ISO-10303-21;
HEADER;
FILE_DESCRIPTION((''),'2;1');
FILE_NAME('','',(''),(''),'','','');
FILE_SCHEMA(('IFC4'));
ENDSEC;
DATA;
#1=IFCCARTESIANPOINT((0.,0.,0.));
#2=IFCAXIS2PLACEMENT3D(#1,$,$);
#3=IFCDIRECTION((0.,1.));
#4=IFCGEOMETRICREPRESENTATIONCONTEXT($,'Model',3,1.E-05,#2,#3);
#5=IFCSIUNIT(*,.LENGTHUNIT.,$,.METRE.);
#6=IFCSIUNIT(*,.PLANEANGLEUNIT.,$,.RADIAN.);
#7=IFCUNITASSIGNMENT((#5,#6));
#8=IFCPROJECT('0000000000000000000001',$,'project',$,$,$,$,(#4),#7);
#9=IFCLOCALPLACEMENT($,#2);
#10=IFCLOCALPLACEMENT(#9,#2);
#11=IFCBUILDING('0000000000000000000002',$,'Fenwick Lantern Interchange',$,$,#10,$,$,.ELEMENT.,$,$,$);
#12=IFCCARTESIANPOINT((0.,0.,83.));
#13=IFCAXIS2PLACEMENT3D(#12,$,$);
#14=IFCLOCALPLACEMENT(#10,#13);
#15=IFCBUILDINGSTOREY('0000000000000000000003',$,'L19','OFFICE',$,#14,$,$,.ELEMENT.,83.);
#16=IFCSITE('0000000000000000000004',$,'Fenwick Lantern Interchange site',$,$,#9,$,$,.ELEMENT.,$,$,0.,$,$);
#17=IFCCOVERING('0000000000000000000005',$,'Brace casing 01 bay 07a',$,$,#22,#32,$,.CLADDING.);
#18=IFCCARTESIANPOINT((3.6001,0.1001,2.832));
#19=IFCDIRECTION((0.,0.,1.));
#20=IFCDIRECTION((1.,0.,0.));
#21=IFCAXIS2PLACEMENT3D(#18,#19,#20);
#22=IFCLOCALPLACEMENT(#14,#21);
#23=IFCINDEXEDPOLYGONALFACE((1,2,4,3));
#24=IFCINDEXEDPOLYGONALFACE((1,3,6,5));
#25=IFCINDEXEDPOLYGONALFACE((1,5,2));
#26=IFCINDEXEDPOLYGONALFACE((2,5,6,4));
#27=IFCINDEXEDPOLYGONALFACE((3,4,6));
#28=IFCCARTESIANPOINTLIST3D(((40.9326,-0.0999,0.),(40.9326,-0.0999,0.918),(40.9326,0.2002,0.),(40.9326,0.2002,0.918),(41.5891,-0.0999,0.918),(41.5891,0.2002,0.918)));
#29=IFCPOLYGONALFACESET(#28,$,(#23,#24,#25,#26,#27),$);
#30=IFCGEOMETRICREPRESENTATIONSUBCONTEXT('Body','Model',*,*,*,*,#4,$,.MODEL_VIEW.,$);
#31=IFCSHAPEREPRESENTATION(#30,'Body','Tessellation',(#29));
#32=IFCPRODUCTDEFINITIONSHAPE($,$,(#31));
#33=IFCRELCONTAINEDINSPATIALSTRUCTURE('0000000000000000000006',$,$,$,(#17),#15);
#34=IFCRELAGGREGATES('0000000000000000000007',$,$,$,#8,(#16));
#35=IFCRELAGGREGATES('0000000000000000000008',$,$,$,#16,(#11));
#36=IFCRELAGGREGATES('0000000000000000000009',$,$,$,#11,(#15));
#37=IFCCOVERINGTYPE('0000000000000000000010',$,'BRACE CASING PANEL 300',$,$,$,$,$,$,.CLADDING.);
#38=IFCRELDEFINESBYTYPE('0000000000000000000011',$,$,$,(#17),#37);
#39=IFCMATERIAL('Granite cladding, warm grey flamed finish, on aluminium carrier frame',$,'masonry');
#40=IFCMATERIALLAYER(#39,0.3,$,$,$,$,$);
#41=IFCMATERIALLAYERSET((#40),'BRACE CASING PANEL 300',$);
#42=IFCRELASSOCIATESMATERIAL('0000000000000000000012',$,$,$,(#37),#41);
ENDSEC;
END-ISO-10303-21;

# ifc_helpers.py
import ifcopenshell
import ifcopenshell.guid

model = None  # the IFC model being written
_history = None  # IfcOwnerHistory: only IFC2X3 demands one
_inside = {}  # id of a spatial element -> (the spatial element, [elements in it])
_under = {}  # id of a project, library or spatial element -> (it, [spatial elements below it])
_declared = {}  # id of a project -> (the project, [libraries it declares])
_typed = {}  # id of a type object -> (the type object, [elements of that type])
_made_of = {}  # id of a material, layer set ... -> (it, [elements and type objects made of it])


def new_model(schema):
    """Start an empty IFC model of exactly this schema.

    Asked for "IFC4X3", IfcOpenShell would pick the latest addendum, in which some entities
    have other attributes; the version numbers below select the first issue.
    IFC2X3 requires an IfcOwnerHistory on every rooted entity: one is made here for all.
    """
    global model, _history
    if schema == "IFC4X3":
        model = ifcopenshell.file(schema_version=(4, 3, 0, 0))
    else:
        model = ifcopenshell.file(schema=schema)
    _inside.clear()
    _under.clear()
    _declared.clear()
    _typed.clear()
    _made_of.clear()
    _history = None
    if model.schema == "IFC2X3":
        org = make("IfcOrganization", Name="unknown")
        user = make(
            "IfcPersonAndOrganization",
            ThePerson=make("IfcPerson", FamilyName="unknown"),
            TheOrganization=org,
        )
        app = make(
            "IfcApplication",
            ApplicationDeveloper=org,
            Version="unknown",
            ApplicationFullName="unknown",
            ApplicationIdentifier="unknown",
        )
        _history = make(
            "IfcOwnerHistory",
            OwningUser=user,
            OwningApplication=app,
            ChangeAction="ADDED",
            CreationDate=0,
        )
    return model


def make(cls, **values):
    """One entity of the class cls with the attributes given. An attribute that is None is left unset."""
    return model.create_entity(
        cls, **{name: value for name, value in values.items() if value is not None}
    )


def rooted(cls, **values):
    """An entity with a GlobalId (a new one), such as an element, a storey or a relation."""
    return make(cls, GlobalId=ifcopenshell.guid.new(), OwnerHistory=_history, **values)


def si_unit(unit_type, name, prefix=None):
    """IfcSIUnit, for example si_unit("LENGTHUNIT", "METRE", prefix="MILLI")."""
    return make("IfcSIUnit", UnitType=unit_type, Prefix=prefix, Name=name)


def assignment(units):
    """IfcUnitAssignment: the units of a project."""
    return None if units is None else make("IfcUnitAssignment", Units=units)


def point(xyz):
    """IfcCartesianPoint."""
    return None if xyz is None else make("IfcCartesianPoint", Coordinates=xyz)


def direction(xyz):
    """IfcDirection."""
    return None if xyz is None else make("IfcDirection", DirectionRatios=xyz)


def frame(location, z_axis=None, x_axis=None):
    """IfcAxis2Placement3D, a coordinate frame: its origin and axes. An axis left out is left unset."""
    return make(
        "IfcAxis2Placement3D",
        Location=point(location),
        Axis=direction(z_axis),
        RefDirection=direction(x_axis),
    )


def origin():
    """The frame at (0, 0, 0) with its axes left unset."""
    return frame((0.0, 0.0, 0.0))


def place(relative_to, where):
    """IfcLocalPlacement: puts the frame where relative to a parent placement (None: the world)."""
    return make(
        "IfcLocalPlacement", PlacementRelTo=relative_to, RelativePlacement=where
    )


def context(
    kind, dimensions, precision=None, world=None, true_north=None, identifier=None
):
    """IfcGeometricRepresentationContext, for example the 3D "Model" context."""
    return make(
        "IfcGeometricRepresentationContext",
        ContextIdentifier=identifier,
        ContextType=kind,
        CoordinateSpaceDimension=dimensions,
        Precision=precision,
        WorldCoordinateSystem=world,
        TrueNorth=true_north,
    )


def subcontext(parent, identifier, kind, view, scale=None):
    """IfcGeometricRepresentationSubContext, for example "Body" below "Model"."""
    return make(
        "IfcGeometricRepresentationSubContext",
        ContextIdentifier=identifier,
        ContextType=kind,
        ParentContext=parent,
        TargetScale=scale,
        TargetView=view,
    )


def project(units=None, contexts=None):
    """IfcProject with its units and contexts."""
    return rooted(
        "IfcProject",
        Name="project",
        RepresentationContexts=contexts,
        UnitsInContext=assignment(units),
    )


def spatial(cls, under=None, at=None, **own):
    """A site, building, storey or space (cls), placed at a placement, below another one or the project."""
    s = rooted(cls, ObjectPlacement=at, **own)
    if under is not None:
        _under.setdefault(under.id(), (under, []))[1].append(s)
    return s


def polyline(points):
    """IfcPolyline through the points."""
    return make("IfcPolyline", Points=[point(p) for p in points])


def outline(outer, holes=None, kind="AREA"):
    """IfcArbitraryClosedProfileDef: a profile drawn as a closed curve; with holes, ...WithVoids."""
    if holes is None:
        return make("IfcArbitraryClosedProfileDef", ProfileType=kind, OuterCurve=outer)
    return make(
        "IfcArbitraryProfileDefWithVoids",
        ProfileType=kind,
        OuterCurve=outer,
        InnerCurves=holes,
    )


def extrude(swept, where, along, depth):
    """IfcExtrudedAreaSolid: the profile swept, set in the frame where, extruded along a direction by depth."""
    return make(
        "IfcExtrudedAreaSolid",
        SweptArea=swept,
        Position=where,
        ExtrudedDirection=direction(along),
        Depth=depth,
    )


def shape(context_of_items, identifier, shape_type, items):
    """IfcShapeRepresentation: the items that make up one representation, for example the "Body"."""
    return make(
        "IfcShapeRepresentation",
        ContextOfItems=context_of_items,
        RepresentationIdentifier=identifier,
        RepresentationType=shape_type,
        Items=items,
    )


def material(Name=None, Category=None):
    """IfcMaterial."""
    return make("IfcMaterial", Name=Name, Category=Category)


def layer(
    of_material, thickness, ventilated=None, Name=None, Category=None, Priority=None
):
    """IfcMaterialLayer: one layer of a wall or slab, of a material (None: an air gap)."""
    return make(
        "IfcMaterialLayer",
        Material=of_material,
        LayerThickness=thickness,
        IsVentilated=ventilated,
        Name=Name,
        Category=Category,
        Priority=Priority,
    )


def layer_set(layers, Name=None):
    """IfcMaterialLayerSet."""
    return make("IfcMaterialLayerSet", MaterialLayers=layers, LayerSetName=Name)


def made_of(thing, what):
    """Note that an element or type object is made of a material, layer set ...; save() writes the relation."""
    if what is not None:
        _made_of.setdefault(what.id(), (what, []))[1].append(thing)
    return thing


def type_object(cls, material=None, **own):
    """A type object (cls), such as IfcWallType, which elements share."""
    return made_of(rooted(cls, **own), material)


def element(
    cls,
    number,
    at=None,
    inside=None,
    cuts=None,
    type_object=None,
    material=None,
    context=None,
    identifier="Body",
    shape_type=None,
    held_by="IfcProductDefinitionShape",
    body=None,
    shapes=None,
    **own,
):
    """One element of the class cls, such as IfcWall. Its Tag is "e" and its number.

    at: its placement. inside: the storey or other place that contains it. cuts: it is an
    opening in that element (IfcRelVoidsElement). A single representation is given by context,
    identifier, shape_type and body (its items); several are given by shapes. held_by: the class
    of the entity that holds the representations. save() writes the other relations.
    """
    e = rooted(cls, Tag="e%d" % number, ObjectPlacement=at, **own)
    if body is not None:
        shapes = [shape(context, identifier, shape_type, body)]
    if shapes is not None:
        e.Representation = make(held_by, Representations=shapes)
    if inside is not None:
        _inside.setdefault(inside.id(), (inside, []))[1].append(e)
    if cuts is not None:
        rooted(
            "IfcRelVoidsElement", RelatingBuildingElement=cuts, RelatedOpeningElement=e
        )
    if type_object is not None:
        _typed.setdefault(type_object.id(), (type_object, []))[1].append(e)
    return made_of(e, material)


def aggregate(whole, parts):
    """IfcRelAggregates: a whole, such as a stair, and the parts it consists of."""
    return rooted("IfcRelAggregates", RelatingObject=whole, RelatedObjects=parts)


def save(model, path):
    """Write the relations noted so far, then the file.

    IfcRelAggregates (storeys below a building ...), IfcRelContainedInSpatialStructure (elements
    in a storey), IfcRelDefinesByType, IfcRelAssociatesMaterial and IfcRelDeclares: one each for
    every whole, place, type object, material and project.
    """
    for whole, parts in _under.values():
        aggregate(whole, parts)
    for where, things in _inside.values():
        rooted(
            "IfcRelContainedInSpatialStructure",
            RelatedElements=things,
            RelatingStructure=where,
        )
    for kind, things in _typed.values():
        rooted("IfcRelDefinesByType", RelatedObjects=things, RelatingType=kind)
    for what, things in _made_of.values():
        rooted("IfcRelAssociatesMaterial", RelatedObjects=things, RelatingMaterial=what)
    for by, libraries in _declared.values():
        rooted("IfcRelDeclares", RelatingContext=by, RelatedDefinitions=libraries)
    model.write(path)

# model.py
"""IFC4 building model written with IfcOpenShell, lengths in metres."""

from ifc_helpers import new_model, si_unit, direction, frame, origin, place, context, subcontext, project, spatial, polyline, outline, extrude, material, layer, layer_set, type_object, element, save


model = new_model("IFC4")

# Units and contexts
model_context = context("Model", 3, precision=1e-05, world=origin(), true_north=direction((0.0, 1.0)))
body_context = subcontext(model_context, "Body", "Model", "MODEL_VIEW")
ifc_project = project(units=[si_unit("LENGTHUNIT", "METRE"), si_unit("PLANEANGLEUNIT", "RADIAN")], contexts=[model_context])

# Site, building, storey
site_placement = place(None, origin())
site = spatial("IfcSite", under=ifc_project, at=site_placement, Name="Fenwick Lantern Interchange site", CompositionType="ELEMENT", RefElevation=0.0)
building_placement = place(site_placement, origin())
building = spatial("IfcBuilding", under=site, at=building_placement, Name="Fenwick Lantern Interchange", CompositionType="ELEMENT")
storey_placement = place(building_placement, frame((0.0, 0.0, 83.0)))
storey = spatial("IfcBuildingStorey", under=building, at=storey_placement, Name="L19", Description="OFFICE", CompositionType="ELEMENT", Elevation=83.0)

# Covering
ifc_material_1 = material(Name="Granite cladding, warm grey flamed finish, on aluminium carrier frame", Category="masonry")
ifc_layer_1 = layer(ifc_material_1, 0.3)
ifc_layer_set_1 = layer_set([ifc_layer_1], Name="BRACE CASING PANEL 300")
covering_type = type_object("IfcCoveringType", Name="BRACE CASING PANEL 300", PredefinedType="CLADDING", material=ifc_layer_set_1)
covering_placement = place(storey_placement, frame((3.6001, 0.1001, 2.832), z_axis=(0.0, 0.0, 1.0), x_axis=(1.0, 0.0, 0.0)))
element("IfcCovering", 1, at=covering_placement, inside=storey, type_object=covering_type, Name="Brace casing 01 bay 07a", PredefinedType="CLADDING", context=body_context, shape_type="SweptSolid", body=[
    extrude(outline(polyline([(40.9326, 0.0), (41.5891, 0.918), (40.9326, 0.918), (40.9326, 0.0)])), frame((0.0, 0.2002, 0.0), z_axis=(0.0, -1.0, 0.0), x_axis=(1.0, 0.0, 0.0)), (0.0, 0.0, 1.0), 0.3),
])

save(model, "model.ifc")
